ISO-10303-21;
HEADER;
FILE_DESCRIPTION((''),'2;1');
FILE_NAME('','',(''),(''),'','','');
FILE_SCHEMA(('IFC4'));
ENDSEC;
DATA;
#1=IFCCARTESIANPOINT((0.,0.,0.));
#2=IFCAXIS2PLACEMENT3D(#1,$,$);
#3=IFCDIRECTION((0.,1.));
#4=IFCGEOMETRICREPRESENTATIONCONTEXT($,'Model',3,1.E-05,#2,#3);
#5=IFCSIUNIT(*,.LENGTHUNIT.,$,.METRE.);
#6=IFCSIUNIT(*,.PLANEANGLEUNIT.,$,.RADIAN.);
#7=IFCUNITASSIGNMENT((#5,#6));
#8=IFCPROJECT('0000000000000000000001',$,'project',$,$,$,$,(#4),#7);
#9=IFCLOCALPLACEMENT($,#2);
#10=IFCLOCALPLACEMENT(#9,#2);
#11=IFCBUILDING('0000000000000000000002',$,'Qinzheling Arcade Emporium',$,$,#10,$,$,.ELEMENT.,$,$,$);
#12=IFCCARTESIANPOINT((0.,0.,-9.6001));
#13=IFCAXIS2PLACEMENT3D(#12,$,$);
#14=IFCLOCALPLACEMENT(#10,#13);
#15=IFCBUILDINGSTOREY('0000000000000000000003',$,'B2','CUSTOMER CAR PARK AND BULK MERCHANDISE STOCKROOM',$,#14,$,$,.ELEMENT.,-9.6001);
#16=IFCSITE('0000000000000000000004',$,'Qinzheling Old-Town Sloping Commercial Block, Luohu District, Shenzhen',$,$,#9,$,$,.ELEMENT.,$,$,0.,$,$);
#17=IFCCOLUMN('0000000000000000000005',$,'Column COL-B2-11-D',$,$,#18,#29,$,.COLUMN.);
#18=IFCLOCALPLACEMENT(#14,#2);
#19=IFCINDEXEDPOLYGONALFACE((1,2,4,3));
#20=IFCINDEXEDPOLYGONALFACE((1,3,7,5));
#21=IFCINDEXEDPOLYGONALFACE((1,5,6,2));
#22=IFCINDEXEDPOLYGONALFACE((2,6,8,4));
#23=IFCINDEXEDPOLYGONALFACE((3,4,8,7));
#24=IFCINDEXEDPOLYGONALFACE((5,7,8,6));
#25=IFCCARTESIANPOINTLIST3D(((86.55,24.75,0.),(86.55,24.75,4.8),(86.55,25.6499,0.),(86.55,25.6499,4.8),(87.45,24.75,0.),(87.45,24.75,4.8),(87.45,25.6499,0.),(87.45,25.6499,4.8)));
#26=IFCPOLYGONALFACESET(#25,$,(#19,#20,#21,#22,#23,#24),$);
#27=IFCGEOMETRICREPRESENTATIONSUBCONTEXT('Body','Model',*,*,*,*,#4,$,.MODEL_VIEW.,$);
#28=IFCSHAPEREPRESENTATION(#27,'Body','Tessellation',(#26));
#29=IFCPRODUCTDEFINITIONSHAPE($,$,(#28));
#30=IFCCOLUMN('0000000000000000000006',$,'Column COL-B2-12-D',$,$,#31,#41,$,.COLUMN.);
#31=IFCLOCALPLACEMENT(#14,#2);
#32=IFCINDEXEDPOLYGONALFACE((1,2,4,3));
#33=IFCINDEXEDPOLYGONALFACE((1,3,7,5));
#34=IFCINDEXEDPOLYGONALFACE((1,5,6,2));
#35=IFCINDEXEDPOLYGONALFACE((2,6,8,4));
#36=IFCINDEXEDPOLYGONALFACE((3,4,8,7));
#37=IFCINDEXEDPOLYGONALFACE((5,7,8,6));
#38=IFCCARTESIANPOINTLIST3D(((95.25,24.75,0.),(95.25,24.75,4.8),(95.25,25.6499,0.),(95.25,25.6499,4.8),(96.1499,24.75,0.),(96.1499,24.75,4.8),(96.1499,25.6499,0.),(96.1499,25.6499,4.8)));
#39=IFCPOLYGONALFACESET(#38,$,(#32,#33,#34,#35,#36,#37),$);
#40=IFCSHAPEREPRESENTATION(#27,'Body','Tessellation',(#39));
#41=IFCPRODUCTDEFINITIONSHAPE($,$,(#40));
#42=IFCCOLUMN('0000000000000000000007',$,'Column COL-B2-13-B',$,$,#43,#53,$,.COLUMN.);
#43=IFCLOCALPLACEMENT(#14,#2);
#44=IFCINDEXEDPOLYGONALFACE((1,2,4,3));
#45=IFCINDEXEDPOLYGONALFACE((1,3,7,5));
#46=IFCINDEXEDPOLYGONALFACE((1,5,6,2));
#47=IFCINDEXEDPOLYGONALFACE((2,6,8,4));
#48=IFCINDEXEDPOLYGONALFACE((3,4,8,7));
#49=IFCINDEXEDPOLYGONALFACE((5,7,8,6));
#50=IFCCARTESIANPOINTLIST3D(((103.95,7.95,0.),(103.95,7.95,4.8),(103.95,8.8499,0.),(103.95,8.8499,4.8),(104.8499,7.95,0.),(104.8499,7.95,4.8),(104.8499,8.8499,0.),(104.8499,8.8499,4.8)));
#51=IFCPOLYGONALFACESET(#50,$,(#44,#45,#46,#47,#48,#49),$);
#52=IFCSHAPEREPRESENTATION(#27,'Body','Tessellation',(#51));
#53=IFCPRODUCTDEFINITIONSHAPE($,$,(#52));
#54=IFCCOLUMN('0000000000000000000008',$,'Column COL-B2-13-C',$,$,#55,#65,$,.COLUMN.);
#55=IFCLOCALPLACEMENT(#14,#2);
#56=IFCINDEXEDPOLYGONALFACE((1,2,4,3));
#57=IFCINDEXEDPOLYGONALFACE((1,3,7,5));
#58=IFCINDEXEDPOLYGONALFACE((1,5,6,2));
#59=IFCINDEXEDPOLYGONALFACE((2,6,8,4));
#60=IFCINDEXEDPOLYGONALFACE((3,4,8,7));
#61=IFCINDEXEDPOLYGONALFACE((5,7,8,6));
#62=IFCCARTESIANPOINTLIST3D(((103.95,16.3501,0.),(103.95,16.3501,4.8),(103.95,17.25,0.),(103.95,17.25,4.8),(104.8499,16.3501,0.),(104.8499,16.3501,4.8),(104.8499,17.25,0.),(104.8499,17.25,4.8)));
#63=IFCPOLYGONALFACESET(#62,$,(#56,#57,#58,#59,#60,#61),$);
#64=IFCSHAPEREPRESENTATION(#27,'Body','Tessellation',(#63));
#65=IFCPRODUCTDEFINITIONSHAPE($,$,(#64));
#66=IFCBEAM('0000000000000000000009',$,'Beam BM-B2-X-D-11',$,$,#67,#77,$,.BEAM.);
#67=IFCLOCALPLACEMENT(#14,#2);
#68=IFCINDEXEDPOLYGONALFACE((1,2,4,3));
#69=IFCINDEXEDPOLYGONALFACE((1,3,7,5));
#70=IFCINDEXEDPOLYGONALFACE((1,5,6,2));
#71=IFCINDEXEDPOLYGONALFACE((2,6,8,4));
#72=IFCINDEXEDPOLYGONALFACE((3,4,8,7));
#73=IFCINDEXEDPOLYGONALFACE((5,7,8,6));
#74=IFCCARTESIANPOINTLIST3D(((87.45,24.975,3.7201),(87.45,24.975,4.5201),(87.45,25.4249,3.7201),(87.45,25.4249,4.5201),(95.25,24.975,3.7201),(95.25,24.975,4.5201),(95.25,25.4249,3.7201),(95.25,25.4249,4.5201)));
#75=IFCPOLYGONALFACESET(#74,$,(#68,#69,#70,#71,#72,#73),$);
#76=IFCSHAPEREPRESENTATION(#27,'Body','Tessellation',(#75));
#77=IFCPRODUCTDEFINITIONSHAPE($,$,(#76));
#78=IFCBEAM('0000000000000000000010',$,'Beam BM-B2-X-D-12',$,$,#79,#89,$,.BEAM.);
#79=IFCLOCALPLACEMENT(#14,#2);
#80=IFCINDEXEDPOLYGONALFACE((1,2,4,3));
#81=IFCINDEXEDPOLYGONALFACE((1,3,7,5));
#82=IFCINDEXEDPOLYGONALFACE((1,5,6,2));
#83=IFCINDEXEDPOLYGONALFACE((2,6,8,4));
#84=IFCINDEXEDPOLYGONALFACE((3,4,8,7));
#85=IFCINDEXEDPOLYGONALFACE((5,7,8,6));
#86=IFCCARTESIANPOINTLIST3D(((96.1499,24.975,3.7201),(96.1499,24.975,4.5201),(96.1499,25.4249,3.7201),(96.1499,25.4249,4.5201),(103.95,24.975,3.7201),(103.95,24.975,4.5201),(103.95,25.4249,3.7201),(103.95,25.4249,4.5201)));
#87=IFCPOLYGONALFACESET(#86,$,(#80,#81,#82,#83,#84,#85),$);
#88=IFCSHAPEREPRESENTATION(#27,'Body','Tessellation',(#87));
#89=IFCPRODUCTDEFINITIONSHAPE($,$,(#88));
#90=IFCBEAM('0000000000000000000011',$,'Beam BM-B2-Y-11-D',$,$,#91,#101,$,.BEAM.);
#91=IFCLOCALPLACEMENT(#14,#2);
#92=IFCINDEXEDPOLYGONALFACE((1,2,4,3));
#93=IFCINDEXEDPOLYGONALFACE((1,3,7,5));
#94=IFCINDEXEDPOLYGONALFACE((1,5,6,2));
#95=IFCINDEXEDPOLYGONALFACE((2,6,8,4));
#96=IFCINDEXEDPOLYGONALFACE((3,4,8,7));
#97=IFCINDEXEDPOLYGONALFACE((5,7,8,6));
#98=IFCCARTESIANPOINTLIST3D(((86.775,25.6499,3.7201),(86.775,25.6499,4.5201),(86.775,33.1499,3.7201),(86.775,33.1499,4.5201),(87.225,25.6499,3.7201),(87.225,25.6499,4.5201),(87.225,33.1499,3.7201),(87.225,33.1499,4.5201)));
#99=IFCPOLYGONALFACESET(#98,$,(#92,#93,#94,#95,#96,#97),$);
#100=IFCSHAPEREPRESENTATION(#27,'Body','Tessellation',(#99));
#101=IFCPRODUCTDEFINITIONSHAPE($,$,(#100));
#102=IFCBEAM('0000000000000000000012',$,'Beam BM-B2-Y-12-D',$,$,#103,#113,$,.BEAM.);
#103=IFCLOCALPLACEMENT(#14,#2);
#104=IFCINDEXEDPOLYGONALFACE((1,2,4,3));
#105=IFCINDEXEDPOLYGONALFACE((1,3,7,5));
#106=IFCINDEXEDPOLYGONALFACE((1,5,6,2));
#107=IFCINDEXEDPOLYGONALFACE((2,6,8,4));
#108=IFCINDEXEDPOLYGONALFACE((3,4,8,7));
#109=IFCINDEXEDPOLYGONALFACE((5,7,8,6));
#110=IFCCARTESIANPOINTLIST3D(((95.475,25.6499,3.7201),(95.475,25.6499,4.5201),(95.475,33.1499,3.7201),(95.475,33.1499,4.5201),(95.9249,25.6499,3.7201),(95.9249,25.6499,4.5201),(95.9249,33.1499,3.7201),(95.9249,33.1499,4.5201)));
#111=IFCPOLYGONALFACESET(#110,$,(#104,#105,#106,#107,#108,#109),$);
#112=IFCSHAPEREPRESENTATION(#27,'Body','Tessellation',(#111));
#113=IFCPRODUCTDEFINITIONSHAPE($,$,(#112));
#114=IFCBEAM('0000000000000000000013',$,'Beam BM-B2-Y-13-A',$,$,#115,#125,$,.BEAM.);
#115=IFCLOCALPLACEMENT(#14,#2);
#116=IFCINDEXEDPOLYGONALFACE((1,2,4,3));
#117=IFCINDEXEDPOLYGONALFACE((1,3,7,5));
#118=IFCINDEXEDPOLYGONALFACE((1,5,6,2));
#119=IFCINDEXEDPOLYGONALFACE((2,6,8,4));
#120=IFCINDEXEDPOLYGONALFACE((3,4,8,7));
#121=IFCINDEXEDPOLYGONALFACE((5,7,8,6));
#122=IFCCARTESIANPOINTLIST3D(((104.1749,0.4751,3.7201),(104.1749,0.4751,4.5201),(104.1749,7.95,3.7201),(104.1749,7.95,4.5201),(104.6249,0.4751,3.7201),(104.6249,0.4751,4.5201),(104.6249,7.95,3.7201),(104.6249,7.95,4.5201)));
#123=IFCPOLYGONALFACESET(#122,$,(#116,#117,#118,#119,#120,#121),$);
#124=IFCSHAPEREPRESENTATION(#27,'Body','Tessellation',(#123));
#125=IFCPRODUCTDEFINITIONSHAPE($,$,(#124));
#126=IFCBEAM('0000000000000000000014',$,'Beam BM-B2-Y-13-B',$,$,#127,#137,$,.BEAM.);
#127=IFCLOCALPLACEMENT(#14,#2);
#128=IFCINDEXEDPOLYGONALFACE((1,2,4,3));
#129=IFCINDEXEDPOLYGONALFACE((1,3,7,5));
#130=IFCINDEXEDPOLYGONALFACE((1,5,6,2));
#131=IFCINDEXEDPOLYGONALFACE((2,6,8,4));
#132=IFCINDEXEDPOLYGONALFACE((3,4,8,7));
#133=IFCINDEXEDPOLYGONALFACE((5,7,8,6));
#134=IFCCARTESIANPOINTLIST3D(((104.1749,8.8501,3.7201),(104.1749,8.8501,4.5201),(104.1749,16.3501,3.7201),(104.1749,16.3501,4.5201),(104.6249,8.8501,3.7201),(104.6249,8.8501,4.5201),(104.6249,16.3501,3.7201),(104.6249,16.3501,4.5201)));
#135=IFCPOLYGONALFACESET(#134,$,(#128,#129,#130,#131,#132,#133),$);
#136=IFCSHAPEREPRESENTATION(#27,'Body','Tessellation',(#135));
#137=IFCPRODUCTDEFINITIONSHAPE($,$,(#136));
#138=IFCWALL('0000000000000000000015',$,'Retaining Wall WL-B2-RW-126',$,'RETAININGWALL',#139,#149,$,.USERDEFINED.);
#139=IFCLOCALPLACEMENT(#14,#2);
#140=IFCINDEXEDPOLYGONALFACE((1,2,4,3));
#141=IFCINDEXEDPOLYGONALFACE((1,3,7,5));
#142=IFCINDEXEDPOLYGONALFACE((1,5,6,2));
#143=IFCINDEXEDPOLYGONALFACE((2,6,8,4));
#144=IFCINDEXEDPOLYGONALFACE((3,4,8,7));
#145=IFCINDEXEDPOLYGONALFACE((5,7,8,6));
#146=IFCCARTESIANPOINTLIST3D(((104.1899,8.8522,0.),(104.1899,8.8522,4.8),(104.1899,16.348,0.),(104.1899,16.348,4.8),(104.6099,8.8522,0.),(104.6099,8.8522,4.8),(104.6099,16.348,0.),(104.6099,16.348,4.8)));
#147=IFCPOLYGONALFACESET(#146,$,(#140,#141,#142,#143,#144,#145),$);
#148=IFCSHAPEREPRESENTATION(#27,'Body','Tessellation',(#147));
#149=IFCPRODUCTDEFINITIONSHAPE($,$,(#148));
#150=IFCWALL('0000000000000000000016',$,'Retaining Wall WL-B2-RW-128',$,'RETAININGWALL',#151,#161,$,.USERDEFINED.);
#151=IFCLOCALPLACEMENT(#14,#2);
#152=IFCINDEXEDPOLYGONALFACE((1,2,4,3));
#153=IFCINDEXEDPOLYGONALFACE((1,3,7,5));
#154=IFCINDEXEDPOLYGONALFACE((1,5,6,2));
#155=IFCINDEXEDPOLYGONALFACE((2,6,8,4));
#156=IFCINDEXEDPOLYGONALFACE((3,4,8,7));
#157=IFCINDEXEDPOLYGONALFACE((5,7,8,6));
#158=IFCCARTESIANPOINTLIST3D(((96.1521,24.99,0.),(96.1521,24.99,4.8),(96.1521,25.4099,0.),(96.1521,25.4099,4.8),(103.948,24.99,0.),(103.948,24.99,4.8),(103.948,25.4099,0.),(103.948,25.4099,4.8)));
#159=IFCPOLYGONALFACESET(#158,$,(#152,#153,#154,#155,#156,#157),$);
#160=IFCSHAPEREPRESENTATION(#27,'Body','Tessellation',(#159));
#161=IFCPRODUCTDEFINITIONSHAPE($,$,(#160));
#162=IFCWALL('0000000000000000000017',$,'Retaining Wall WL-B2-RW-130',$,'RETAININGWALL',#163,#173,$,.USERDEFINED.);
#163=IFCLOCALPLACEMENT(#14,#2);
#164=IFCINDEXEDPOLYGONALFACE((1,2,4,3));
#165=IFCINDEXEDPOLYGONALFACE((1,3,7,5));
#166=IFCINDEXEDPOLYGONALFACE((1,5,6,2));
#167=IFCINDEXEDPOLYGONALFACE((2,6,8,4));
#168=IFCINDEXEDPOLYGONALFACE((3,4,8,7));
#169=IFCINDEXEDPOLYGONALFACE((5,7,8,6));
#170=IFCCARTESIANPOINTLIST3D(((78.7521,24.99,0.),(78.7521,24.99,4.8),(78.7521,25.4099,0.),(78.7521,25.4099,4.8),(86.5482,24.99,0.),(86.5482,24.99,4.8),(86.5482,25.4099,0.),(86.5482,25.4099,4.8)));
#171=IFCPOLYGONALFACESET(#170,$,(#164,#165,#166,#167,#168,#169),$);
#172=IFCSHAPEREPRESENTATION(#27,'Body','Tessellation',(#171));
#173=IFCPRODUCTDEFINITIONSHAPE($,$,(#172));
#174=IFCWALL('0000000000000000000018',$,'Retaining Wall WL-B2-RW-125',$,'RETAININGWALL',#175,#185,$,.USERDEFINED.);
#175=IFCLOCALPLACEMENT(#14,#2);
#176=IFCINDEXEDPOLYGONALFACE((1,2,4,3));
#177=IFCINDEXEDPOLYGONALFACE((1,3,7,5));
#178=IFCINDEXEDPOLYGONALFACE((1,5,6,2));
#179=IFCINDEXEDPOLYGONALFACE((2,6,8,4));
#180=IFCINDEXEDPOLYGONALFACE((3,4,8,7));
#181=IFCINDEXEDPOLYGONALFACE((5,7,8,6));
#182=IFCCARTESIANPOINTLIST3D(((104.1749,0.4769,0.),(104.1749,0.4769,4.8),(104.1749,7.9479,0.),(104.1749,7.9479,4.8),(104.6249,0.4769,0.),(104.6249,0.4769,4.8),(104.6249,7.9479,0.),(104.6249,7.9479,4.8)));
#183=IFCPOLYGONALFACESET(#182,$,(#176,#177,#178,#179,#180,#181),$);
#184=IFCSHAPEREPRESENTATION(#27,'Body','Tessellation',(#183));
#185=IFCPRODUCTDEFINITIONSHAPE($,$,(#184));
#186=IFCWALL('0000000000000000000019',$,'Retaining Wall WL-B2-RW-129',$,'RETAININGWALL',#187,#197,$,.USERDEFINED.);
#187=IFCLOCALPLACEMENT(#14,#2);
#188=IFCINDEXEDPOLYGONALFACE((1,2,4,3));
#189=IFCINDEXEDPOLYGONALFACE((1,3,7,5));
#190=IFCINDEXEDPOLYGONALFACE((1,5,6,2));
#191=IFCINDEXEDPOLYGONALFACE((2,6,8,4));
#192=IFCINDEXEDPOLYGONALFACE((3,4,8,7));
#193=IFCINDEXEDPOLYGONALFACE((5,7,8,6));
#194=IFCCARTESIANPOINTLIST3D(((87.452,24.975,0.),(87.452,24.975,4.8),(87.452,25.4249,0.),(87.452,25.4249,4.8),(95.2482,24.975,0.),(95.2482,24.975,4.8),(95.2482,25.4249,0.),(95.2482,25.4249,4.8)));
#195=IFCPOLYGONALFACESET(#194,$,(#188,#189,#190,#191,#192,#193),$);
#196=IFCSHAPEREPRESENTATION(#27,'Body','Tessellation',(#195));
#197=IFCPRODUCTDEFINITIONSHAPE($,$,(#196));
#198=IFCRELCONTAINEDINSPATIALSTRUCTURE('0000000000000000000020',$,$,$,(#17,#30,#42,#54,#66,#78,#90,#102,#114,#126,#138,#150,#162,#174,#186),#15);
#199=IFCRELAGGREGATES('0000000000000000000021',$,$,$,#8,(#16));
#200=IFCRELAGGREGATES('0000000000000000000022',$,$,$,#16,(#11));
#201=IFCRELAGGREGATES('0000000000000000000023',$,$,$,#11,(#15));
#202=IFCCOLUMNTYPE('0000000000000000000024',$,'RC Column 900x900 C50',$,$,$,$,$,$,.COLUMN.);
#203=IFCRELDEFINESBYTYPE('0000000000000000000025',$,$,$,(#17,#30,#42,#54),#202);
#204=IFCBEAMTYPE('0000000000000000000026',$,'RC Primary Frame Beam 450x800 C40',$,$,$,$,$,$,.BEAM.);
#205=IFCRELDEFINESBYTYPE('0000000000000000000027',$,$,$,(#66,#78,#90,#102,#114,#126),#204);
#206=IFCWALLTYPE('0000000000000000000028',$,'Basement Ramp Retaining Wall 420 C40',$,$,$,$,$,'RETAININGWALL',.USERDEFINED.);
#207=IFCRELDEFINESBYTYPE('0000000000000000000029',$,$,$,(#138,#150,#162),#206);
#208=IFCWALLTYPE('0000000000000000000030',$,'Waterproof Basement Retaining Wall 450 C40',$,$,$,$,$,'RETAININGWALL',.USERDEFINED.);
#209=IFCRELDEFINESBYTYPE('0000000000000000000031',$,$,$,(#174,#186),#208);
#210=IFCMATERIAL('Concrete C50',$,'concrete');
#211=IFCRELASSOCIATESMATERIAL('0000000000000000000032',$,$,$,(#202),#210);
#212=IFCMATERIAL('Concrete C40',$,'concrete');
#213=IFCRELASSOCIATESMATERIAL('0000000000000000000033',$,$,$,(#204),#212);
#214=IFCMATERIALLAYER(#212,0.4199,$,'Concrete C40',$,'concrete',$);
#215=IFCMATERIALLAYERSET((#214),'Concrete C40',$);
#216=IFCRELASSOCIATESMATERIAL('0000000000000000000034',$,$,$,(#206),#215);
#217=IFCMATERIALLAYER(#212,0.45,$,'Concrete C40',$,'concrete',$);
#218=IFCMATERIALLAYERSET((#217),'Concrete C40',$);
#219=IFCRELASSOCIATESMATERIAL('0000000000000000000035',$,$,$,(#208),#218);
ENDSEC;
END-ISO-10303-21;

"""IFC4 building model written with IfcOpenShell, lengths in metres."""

from ifc_helpers import new_model, si_unit, direction, frame, frame_2d, origin, origin_2d, place, context, subcontext, project, spatial, rectangle, extrude, material, layer, layer_set, material_profile, profile_set, type_object, element, save


model = new_model("IFC4")

# Units and contexts
model_context = context("Model", 3, precision=1e-05, world=origin(), true_north=direction((0.0, 1.0)))
body_context = subcontext(model_context, "Body", "Model", "MODEL_VIEW")
ifc_project = project(units=[si_unit("LENGTHUNIT", "METRE"), si_unit("PLANEANGLEUNIT", "RADIAN")], contexts=[model_context])

# Site, building, storey
site_placement = place(None, origin())
site = spatial("IfcSite", under=ifc_project, at=site_placement, Name="Qinzheling Old-Town Sloping Commercial Block, Luohu District, Shenzhen", CompositionType="ELEMENT", RefElevation=0.0)
building_placement = place(site_placement, origin())
building = spatial("IfcBuilding", under=site, at=building_placement, Name="Qinzheling Arcade Emporium", CompositionType="ELEMENT")
storey_placement = place(building_placement, frame((0.0, 0.0, -9.6001)))
storey = spatial("IfcBuildingStorey", under=building, at=storey_placement, Name="B2", Description="CUSTOMER CAR PARK AND BULK MERCHANDISE STOCKROOM", CompositionType="ELEMENT", Elevation=-9.6001)

# Shared definitions
ifc_material_1 = material(Name="Concrete C40", Category="concrete")

# Columns
ifc_material_2 = material(Name="Concrete C50", Category="concrete")
ifc_material_profile_1 = material_profile(ifc_material_2, rectangle(XDim=0.8999, YDim=0.8999, at=origin_2d()), Name="RC 900x900", Category="concrete")
ifc_profile_set_1 = profile_set([ifc_material_profile_1], Name="Concrete C50")
column_type_1 = type_object("IfcColumnType", Name="RC Column 900x900 C50", PredefinedType="COLUMN", material=ifc_profile_set_1)
for number, where, z_axis, x_axis, name in (
    (1, (87.0, 25.2, 0.0), (0.0, 0.0, 1.0), (1.0, 0.0, 0.0), "Column COL-B2-11-D"),
    (2, (95.7, 25.2, 0.0), (0.0, 0.0, 1.0), (1.0, 0.0, 0.0), "Column COL-B2-12-D"),
    (3, (104.3999, 8.3999, 0.0), (0.0, 0.0, 1.0), (1.0, 0.0, 0.0), "Column COL-B2-13-B"),
    (4, (104.3999, 16.8, 0.0), (0.0, 0.0, 1.0), (1.0, 0.0, 0.0), "Column COL-B2-13-C"),
):
    element("IfcColumn", number, at=place(storey_placement, frame(where, z_axis=z_axis, x_axis=x_axis)), inside=storey, type_object=column_type_1, Name=name, PredefinedType="COLUMN", context=body_context, shape_type="SweptSolid", body=[
        extrude(rectangle(XDim=0.8999, YDim=0.8999, at=origin_2d()), origin(), (0.0, 0.0, 1.0), 4.8),
    ])

# Beams
ifc_material_profile_2 = material_profile(ifc_material_1, rectangle(XDim=0.45, YDim=0.8, at=origin_2d()), Name="RC 450x800", Category="concrete")
ifc_profile_set_2 = profile_set([ifc_material_profile_2], Name="Concrete C40")
beam_type = type_object("IfcBeamType", Name="RC Primary Frame Beam 450x800 C40", PredefinedType="BEAM", material=ifc_profile_set_2)
for number, where, z_axis, x_axis, name in (
    (5, (87.45, 25.2, 4.1201), (1.0, 0.0, 0.0), (0.0, 1.0, 0.0), "Beam BM-B2-X-D-11"),
    (6, (96.1499, 25.2, 4.1201), (1.0, 0.0, 0.0), (0.0, 1.0, 0.0), "Beam BM-B2-X-D-12"),
):
    element("IfcBeam", number, at=place(storey_placement, frame(where, z_axis=z_axis, x_axis=x_axis)), inside=storey, type_object=beam_type, Name=name, PredefinedType="BEAM", context=body_context, shape_type="SweptSolid", body=[
        extrude(rectangle(XDim=0.45, YDim=0.8, at=origin_2d()), origin(), (0.0, 0.0, 1.0), 7.8),
    ])
for number, where, z_axis, x_axis, name in (
    (7, (87.0, 25.6499, 4.1201), (0.0, 1.0, 0.0), (-1.0, 0.0, 0.0), "Beam BM-B2-Y-11-D"),
    (8, (95.7, 25.6499, 4.1201), (0.0, 1.0, 0.0), (-1.0, 0.0, 0.0), "Beam BM-B2-Y-12-D"),
):
    element("IfcBeam", number, at=place(storey_placement, frame(where, z_axis=z_axis, x_axis=x_axis)), inside=storey, type_object=beam_type, Name=name, PredefinedType="BEAM", context=body_context, shape_type="SweptSolid", body=[
        extrude(rectangle(XDim=0.45, YDim=0.8, at=origin_2d()), origin(), (0.0, 0.0, 1.0), 7.5),
    ])
beam_1_placement = place(storey_placement, frame((104.3999, 0.4751, 4.1201), z_axis=(0.0, 1.0, 0.0), x_axis=(-1.0, 0.0, 0.0)))
element("IfcBeam", 9, at=beam_1_placement, inside=storey, type_object=beam_type, Name="Beam BM-B2-Y-13-A", PredefinedType="BEAM", context=body_context, shape_type="SweptSolid", body=[
    extrude(rectangle(XDim=0.45, YDim=0.8, at=origin_2d()), origin(), (0.0, 0.0, 1.0), 7.4749),
])
beam_2_placement = place(storey_placement, frame((104.3999, 8.8501, 4.1201), z_axis=(0.0, 1.0, 0.0), x_axis=(-1.0, 0.0, 0.0)))
element("IfcBeam", 10, at=beam_2_placement, inside=storey, type_object=beam_type, Name="Beam BM-B2-Y-13-B", PredefinedType="BEAM", context=body_context, shape_type="SweptSolid", body=[
    extrude(rectangle(XDim=0.45, YDim=0.8, at=origin_2d()), origin(), (0.0, 0.0, 1.0), 7.5),
])

# Walls
ifc_layer_1 = layer(ifc_material_1, 0.4199, Name="Concrete C40", Category="concrete")
ifc_layer_set_1 = layer_set([ifc_layer_1], Name="Concrete C40")
wall_type_1 = type_object("IfcWallType", Name="Basement Ramp Retaining Wall 420 C40", ElementType="RETAININGWALL", PredefinedType="USERDEFINED", material=ifc_layer_set_1)
wall_1_placement = place(storey_placement, frame((104.3999, 8.8521, 0.0), z_axis=(0.0, 0.0, 1.0), x_axis=(0.0, 1.0, 0.0)))
element("IfcWall", 11, at=wall_1_placement, inside=storey, type_object=wall_type_1, Name="Retaining Wall WL-B2-RW-126", ObjectType="RETAININGWALL", PredefinedType="USERDEFINED", context=body_context, shape_type="SweptSolid", body=[
    extrude(rectangle(XDim=7.4958, YDim=0.4199, at=frame_2d((3.748, 0.0))), origin(), (0.0, 0.0, 1.0), 4.8),
])
wall_2_placement = place(storey_placement, frame((103.948, 25.2, 0.0), z_axis=(0.0, 0.0, 1.0), x_axis=(-1.0, 0.0, 0.0)))
element("IfcWall", 12, at=wall_2_placement, inside=storey, type_object=wall_type_1, Name="Retaining Wall WL-B2-RW-128", ObjectType="RETAININGWALL", PredefinedType="USERDEFINED", context=body_context, shape_type="SweptSolid", body=[
    extrude(rectangle(XDim=7.7959, YDim=0.4199, at=frame_2d((3.8979, 0.0))), origin(), (0.0, 0.0, 1.0), 4.8),
])
wall_3_placement = place(storey_placement, frame((86.5481, 25.2, 0.0), z_axis=(0.0, 0.0, 1.0), x_axis=(-1.0, 0.0, 0.0)))
element("IfcWall", 13, at=wall_3_placement, inside=storey, type_object=wall_type_1, Name="Retaining Wall WL-B2-RW-130", ObjectType="RETAININGWALL", PredefinedType="USERDEFINED", context=body_context, shape_type="SweptSolid", body=[
    extrude(rectangle(XDim=7.7961, YDim=0.4199, at=frame_2d((3.8979, 0.0))), origin(), (0.0, 0.0, 1.0), 4.8),
])
ifc_layer_2 = layer(ifc_material_1, 0.45, Name="Concrete C40", Category="concrete")
ifc_layer_set_2 = layer_set([ifc_layer_2], Name="Concrete C40")
wall_type_2 = type_object("IfcWallType", Name="Waterproof Basement Retaining Wall 450 C40", ElementType="RETAININGWALL", PredefinedType="USERDEFINED", material=ifc_layer_set_2)
wall_4_placement = place(storey_placement, frame((104.3999, 0.4771, 0.0), z_axis=(0.0, 0.0, 1.0), x_axis=(0.0, 1.0, 0.0)))
element("IfcWall", 14, at=wall_4_placement, inside=storey, type_object=wall_type_2, Name="Retaining Wall WL-B2-RW-125", ObjectType="RETAININGWALL", PredefinedType="USERDEFINED", context=body_context, shape_type="SweptSolid", body=[
    extrude(rectangle(XDim=7.4709, YDim=0.45, at=frame_2d((3.7354, 0.0))), origin(), (0.0, 0.0, 1.0), 4.8),
])
wall_5_placement = place(storey_placement, frame((95.248, 25.2, 0.0), z_axis=(0.0, 0.0, 1.0), x_axis=(-1.0, 0.0, 0.0)))
element("IfcWall", 15, at=wall_5_placement, inside=storey, type_object=wall_type_2, Name="Retaining Wall WL-B2-RW-129", ObjectType="RETAININGWALL", PredefinedType="USERDEFINED", context=body_context, shape_type="SweptSolid", body=[
    extrude(rectangle(XDim=7.7961, YDim=0.45, at=frame_2d((3.8979, 0.0))), origin(), (0.0, 0.0, 1.0), 4.8),
])

save(model, "model.ifc")
